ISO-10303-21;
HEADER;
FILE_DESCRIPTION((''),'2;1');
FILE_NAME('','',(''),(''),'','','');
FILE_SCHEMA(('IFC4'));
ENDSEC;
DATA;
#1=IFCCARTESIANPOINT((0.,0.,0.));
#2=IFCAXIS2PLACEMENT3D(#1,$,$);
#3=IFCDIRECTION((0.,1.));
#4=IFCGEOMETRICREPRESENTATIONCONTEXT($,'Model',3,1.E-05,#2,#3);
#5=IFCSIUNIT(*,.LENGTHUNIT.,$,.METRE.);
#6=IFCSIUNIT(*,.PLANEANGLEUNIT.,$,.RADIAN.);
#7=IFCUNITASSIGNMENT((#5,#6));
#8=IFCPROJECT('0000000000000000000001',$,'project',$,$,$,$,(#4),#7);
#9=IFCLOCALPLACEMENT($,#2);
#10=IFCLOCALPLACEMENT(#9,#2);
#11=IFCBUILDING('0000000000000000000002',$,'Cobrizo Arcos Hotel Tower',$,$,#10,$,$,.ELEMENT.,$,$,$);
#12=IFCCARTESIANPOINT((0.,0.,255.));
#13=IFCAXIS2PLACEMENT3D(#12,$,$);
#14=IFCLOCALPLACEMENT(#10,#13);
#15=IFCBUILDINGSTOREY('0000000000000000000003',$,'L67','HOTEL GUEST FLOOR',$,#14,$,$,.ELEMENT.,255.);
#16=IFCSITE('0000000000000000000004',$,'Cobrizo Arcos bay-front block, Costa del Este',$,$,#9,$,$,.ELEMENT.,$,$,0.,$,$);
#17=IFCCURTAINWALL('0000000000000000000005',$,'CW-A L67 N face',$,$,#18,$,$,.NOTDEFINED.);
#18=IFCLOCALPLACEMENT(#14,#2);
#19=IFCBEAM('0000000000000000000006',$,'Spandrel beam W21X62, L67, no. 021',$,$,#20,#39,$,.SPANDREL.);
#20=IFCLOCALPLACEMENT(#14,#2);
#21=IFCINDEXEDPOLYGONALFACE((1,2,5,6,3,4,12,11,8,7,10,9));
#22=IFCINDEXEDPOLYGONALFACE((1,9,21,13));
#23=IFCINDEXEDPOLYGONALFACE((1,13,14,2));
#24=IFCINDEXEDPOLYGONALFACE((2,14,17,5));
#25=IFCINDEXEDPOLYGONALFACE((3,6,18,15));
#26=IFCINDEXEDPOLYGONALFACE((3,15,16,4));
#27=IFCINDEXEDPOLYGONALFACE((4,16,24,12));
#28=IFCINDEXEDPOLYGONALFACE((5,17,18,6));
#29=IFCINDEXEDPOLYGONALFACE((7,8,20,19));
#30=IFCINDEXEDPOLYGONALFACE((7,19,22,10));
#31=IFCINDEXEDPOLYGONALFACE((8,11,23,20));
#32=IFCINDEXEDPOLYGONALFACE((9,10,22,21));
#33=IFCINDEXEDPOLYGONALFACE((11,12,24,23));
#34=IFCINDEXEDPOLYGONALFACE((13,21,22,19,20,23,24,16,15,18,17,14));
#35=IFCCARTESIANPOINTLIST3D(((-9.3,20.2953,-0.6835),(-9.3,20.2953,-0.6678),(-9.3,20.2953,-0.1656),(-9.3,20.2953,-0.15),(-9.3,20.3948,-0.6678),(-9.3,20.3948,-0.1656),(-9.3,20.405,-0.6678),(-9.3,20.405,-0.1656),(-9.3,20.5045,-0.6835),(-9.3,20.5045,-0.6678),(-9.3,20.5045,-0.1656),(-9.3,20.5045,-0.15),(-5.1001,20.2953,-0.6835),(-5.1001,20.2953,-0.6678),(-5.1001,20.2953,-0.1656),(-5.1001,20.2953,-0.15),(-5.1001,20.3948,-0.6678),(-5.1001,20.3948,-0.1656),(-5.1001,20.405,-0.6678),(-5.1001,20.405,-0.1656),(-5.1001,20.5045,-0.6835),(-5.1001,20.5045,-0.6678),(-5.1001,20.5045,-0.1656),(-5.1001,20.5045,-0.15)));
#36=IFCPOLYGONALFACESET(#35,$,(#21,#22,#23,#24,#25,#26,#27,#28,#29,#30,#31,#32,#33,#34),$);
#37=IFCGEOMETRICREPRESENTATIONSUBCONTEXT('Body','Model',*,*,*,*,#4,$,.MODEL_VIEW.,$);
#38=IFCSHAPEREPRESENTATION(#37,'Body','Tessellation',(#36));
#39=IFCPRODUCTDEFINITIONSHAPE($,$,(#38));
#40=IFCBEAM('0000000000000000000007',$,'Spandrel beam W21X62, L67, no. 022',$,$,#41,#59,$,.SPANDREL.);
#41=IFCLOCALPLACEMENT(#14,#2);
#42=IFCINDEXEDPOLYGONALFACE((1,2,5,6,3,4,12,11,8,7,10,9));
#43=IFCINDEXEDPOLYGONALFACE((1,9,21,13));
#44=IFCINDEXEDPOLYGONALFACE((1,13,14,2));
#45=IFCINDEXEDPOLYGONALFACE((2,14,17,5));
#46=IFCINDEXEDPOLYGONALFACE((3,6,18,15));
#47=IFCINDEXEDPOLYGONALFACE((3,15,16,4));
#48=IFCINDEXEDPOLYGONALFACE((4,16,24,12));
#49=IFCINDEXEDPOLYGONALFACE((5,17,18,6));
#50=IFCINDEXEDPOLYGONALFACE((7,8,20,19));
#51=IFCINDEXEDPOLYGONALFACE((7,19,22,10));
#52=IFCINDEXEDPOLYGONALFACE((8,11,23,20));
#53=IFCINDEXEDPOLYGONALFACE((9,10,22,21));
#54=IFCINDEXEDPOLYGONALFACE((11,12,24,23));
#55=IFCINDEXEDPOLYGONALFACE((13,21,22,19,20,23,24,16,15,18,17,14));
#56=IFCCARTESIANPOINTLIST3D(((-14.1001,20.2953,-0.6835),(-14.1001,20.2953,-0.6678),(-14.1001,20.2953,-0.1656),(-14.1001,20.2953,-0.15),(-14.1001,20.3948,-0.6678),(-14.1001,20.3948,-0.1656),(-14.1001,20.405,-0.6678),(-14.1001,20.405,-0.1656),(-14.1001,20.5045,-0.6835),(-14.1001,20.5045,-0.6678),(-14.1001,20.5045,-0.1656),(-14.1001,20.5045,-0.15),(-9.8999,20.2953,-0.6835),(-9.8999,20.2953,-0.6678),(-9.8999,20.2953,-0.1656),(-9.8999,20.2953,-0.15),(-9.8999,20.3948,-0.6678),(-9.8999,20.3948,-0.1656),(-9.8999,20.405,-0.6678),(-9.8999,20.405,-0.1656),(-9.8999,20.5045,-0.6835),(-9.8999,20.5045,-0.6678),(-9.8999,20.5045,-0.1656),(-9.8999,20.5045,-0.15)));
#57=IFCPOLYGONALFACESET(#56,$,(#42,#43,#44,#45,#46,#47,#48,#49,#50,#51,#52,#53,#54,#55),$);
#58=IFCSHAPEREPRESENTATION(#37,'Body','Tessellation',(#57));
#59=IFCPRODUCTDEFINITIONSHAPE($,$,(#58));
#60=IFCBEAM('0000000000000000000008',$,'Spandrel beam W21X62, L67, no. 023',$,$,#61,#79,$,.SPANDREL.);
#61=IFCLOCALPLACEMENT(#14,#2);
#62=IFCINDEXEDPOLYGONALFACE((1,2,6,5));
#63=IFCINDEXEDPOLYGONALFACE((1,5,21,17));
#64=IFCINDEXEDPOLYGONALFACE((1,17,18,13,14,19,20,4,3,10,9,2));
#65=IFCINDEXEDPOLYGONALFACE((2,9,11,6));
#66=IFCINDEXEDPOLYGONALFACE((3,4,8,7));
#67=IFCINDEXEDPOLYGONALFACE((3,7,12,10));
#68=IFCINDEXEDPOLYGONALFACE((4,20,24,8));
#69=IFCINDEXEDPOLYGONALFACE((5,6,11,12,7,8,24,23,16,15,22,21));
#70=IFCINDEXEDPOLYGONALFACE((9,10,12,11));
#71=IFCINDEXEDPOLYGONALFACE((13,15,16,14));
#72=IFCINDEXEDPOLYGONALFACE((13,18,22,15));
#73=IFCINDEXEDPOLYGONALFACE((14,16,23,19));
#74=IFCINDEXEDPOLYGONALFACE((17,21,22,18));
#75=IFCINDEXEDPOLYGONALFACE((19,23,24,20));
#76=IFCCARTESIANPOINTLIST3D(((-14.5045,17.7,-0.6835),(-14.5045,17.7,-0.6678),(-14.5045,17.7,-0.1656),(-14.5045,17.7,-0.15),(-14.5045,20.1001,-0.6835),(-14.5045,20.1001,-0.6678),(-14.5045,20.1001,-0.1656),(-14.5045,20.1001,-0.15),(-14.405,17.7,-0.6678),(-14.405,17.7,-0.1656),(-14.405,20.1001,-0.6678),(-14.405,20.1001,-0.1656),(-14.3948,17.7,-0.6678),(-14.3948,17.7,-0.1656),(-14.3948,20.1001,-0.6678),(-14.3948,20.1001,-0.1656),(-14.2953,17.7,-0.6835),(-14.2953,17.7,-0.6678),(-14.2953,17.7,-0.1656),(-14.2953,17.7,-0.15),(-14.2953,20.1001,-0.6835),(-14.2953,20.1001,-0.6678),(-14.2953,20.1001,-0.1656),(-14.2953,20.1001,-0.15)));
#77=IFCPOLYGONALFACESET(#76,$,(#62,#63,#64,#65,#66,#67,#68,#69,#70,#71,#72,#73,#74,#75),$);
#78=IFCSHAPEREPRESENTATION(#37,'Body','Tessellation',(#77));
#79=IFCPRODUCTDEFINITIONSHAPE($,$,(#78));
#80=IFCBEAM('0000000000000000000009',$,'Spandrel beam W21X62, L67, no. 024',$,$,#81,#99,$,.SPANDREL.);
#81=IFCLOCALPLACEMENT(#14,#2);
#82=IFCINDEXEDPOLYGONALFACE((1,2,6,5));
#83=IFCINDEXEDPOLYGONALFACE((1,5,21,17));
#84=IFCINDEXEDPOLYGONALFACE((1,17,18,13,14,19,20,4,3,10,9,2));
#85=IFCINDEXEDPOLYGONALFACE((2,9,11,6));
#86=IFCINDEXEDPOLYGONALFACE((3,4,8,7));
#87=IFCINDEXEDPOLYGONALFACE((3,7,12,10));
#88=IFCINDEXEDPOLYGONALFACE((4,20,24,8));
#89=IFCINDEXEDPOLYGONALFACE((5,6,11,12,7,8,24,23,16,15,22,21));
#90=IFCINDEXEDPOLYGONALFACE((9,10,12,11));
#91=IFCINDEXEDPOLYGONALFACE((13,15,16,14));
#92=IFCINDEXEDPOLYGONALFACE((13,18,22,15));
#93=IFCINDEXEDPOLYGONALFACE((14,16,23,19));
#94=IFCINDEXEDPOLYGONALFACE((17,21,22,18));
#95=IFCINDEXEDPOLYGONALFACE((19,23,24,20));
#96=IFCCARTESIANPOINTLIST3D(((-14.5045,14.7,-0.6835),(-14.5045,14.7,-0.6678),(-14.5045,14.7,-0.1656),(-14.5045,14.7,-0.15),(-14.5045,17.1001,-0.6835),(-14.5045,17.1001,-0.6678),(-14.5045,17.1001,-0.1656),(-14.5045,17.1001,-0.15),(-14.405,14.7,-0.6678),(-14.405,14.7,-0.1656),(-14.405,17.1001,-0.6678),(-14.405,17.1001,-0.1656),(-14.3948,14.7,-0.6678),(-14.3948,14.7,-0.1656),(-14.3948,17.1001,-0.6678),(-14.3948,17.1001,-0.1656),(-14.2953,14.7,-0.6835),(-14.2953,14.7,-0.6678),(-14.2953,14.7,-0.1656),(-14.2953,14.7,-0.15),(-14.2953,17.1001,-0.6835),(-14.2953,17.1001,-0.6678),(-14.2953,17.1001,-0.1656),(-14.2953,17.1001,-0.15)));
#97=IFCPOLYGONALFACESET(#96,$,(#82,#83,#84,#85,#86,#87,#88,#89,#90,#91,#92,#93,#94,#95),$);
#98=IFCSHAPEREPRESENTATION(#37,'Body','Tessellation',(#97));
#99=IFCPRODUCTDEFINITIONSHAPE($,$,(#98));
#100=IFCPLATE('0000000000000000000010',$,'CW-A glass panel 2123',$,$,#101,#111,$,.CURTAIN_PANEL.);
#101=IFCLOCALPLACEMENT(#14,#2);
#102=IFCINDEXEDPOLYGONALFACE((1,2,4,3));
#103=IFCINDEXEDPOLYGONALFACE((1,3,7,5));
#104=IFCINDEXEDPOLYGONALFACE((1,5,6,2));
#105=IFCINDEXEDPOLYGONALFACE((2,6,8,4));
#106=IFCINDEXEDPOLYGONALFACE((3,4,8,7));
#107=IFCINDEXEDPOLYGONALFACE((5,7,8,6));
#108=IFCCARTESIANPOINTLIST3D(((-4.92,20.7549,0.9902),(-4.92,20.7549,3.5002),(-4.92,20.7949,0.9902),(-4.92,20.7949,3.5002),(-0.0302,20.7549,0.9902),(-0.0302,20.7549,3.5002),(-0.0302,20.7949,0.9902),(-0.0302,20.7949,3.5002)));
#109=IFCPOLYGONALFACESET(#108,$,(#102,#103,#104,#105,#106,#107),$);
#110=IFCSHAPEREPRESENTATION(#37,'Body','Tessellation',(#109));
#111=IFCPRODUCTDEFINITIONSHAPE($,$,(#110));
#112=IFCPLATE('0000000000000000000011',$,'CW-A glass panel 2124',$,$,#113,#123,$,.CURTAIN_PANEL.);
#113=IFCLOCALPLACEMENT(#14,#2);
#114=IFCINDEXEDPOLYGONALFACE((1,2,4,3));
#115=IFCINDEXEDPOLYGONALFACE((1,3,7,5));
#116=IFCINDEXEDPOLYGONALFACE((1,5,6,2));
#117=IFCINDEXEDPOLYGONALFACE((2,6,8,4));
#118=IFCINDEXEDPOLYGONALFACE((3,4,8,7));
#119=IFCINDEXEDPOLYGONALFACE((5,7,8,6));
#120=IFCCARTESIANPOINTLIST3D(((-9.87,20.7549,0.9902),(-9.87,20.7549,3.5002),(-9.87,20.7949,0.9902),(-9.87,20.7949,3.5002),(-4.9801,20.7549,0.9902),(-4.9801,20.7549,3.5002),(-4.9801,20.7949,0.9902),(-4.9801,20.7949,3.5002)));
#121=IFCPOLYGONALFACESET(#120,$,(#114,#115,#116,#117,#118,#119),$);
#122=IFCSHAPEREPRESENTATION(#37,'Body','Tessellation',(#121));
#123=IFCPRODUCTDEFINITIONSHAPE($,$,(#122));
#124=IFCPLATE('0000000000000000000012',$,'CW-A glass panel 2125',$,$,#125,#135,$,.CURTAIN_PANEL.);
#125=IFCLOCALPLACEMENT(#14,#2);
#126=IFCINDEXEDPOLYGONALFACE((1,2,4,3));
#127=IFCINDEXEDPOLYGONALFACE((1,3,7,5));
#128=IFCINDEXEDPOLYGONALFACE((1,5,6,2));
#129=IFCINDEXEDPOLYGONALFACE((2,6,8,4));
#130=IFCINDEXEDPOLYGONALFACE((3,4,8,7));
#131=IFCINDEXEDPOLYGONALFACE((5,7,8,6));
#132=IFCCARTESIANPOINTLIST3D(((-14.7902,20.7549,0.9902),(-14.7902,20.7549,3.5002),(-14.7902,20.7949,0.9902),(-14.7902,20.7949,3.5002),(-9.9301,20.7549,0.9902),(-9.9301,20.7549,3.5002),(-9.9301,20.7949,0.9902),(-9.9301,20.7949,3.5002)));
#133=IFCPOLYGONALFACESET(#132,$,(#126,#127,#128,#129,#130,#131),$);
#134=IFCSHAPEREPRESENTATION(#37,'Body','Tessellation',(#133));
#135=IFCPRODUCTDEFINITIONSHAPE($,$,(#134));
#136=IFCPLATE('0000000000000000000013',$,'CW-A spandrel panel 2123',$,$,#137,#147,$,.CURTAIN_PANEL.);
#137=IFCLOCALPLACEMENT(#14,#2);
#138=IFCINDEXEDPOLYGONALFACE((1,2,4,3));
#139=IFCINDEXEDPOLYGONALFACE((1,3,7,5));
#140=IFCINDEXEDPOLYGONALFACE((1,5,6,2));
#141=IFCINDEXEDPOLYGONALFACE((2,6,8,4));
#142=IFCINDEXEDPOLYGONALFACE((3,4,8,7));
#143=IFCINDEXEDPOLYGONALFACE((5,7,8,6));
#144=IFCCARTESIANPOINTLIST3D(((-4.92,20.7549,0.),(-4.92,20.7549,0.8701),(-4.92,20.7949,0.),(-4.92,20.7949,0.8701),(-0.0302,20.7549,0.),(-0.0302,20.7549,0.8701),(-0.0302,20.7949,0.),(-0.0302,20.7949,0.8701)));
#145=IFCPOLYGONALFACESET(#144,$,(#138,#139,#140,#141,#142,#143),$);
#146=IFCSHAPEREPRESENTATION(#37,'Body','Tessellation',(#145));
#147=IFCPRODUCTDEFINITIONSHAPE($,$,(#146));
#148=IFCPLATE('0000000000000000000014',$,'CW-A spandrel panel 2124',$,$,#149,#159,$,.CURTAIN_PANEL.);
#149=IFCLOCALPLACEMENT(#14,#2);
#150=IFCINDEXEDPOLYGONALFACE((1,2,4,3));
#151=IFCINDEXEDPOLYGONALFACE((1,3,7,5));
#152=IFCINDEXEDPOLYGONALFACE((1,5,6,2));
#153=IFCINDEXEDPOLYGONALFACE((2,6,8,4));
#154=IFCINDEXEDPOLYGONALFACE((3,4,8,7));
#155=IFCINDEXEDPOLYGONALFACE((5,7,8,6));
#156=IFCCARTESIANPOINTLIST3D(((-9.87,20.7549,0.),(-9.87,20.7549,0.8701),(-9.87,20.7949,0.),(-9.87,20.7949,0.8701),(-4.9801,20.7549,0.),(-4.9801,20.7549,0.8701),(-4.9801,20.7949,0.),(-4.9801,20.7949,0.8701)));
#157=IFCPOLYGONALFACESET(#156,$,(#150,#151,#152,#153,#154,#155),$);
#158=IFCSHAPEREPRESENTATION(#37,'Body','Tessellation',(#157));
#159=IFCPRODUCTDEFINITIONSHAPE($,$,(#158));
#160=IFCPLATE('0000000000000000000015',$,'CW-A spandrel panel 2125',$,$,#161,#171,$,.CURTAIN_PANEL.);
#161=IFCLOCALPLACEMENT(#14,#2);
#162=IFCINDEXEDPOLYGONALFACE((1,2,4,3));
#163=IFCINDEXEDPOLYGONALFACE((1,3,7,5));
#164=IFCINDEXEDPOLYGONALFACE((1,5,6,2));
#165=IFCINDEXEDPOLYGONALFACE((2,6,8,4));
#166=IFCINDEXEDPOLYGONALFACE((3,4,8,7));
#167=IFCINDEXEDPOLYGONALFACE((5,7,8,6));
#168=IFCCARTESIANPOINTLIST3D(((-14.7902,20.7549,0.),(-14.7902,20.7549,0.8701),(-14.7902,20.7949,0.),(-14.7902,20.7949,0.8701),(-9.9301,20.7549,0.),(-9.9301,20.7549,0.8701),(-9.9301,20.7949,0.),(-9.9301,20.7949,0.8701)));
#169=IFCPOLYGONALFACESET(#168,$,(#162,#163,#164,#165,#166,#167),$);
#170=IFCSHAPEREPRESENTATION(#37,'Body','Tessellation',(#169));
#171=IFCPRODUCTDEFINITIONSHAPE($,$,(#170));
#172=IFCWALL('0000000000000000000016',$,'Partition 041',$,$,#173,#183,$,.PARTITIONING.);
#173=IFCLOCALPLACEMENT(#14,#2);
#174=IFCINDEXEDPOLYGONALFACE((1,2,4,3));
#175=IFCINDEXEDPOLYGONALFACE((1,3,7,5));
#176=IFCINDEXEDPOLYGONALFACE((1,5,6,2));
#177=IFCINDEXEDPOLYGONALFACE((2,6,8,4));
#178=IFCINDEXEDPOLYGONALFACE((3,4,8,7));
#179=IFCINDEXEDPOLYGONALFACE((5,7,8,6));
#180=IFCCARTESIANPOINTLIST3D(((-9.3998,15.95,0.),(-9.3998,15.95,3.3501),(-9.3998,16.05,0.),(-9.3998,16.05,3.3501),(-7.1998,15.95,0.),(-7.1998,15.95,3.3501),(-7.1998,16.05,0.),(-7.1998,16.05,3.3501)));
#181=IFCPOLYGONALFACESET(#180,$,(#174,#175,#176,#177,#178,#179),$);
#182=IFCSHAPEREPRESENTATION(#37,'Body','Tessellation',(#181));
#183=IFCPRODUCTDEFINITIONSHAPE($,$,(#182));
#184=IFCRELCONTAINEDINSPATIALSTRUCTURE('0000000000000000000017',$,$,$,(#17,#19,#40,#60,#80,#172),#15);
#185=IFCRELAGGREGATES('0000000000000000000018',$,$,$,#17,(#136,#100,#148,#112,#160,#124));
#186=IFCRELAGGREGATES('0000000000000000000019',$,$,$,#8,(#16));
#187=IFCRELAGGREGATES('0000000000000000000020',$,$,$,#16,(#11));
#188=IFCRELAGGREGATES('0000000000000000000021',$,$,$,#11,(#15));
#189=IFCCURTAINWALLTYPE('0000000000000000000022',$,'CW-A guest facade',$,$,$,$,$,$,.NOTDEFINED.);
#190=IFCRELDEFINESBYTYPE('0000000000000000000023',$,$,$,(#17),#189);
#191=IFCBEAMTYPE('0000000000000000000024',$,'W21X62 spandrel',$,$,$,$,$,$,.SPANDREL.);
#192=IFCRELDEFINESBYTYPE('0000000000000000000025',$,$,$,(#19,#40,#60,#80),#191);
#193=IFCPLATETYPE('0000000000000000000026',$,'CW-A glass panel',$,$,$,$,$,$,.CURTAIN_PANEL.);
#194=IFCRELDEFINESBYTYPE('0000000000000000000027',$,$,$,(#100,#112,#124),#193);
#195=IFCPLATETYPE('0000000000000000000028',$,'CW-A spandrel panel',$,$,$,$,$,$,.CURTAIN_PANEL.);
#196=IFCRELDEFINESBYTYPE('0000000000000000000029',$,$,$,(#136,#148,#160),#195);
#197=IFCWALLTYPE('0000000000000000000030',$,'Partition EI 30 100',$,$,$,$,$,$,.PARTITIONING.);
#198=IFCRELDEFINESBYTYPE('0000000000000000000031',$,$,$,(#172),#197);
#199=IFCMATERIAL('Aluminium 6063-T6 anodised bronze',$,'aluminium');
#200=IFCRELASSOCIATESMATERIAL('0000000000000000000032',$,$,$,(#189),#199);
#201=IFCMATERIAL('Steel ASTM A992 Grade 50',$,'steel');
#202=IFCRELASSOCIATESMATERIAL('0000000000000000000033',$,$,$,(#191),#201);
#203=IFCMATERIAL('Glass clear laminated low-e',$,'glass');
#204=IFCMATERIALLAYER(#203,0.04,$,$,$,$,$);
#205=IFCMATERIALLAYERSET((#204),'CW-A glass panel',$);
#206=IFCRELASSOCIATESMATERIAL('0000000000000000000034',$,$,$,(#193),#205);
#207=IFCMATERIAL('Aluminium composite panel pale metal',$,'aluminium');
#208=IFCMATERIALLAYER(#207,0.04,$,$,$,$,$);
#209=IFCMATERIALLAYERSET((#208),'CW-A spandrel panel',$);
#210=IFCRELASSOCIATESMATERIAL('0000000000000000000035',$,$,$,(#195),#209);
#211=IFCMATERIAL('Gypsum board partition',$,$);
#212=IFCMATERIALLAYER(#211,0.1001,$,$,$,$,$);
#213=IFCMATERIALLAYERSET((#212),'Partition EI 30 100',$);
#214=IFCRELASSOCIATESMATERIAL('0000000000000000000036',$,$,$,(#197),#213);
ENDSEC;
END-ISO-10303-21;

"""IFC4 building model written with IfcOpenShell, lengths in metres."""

from ifc_helpers import new_model, si_unit, direction, frame, frame_2d, origin, origin_2d, place, context, subcontext, project, spatial, rectangle, i_section, extrude, material, layer, layer_set, material_profile, profile_set, type_object, element, aggregate, save


model = new_model("IFC4")

# Units and contexts
model_context = context("Model", 3, precision=1e-05, world=origin(), true_north=direction((0.0, 1.0)))
body_context = subcontext(model_context, "Body", "Model", "MODEL_VIEW")
ifc_project = project(units=[si_unit("LENGTHUNIT", "METRE"), si_unit("PLANEANGLEUNIT", "RADIAN")], contexts=[model_context])

# Site, building, storey
site_placement = place(None, origin())
site = spatial("IfcSite", under=ifc_project, at=site_placement, Name="Cobrizo Arcos bay-front block, Costa del Este", CompositionType="ELEMENT", RefElevation=0.0)
building_placement = place(site_placement, origin())
building = spatial("IfcBuilding", under=site, at=building_placement, Name="Cobrizo Arcos Hotel Tower", CompositionType="ELEMENT")
storey_placement = place(building_placement, frame((0.0, 0.0, 255.0)))
storey = spatial("IfcBuildingStorey", under=building, at=storey_placement, Name="L67", Description="HOTEL GUEST FLOOR", CompositionType="ELEMENT", Elevation=255.0)

# Curtain wall
ifc_material_1 = material(Name="Aluminium 6063-T6 anodised bronze", Category="aluminium")
curtain_wall_type = type_object("IfcCurtainWallType", Name="CW-A guest facade", PredefinedType="NOTDEFINED", material=ifc_material_1)
curtain_wall_1_placement = place(storey_placement, origin())
curtain_wall_1 = element("IfcCurtainWall", 1, at=curtain_wall_1_placement, inside=storey, type_object=curtain_wall_type, Name="CW-A L67 N face", PredefinedType="NOTDEFINED")

# Beams
ifc_material_2 = material(Name="Steel ASTM A992 Grade 50", Category="steel")
ifc_material_profile_1 = material_profile(ifc_material_2, i_section(OverallWidth=0.2092, OverallDepth=0.5334, WebThickness=0.0103, FlangeThickness=0.0156, at=origin_2d()), Name="W21X62")
ifc_profile_set_1 = profile_set([ifc_material_profile_1], Name="Steel ASTM A992 Grade 50")
beam_type = type_object("IfcBeamType", Name="W21X62 spandrel", PredefinedType="SPANDREL", material=ifc_profile_set_1)
for number, where, z_axis, x_axis, name in (
    (2, (-5.1001, 20.3999, -0.4167), (-1.0, 0.0, 0.0), (0.0, -1.0, 0.0), "Spandrel beam W21X62, L67, no. 021"),
):
    element("IfcBeam", number, at=place(storey_placement, frame(where, z_axis=z_axis, x_axis=x_axis)), inside=storey, type_object=beam_type, Name=name, PredefinedType="SPANDREL", context=body_context, shape_type="SweptSolid", body=[
        extrude(i_section(OverallWidth=0.2092, OverallDepth=0.5334, WebThickness=0.0103, FlangeThickness=0.0156, at=origin_2d()), origin(), (0.0, 0.0, 1.0), 4.2),
    ])
beam_placement = place(storey_placement, frame((-9.8999, 20.3999, -0.4167), z_axis=(-1.0, 0.0, 0.0), x_axis=(0.0, -1.0, 0.0)))
element("IfcBeam", 3, at=beam_placement, inside=storey, type_object=beam_type, Name="Spandrel beam W21X62, L67, no. 022", PredefinedType="SPANDREL", context=body_context, shape_type="SweptSolid", body=[
    extrude(i_section(OverallWidth=0.2092, OverallDepth=0.5334, WebThickness=0.0103, FlangeThickness=0.0156, at=origin_2d()), origin(), (0.0, 0.0, 1.0), 4.2002),
])
for number, where, z_axis, x_axis, name in (
    (4, (-14.3999, 20.1001, -0.4167), (0.0, -1.0, 0.0), (1.0, 0.0, 0.0), "Spandrel beam W21X62, L67, no. 023"),
    (5, (-14.3999, 17.1001, -0.4167), (0.0, -1.0, 0.0), (1.0, 0.0, 0.0), "Spandrel beam W21X62, L67, no. 024"),
):
    element("IfcBeam", number, at=place(storey_placement, frame(where, z_axis=z_axis, x_axis=x_axis)), inside=storey, type_object=beam_type, Name=name, PredefinedType="SPANDREL", context=body_context, shape_type="SweptSolid", body=[
        extrude(i_section(OverallWidth=0.2092, OverallDepth=0.5334, WebThickness=0.0103, FlangeThickness=0.0156, at=origin_2d()), origin(), (0.0, 0.0, 1.0), 2.4001),
    ])

# Plates
ifc_material_3 = material(Name="Glass clear laminated low-e", Category="glass")
ifc_layer_1 = layer(ifc_material_3, 0.04)
ifc_layer_set_1 = layer_set([ifc_layer_1], Name="CW-A glass panel")
plate_type_1 = type_object("IfcPlateType", Name="CW-A glass panel", PredefinedType="CURTAIN_PANEL", material=ifc_layer_set_1)
plate_1_placement = place(storey_placement, frame((-2.4751, 20.7749, 0.9902), z_axis=(0.0, 0.0, 1.0), x_axis=(-1.0, 0.0, 0.0)))
plate_1 = element("IfcPlate", 6, at=plate_1_placement, type_object=plate_type_1, Name="CW-A glass panel 2123", PredefinedType="CURTAIN_PANEL", context=body_context, shape_type="SweptSolid", body=[
    extrude(rectangle(XDim=4.8899, YDim=0.04, at=origin_2d()), origin(), (0.0, 0.0, 1.0), 2.51),
])
plate_2_placement = place(storey_placement, frame((-7.425, 20.7749, 0.9902), z_axis=(0.0, 0.0, 1.0), x_axis=(-1.0, 0.0, 0.0)))
plate_2 = element("IfcPlate", 7, at=plate_2_placement, type_object=plate_type_1, Name="CW-A glass panel 2124", PredefinedType="CURTAIN_PANEL", context=body_context, shape_type="SweptSolid", body=[
    extrude(rectangle(XDim=4.8899, YDim=0.04, at=origin_2d()), origin(), (0.0, 0.0, 1.0), 2.51),
])
plate_3_placement = place(storey_placement, frame((-12.3601, 20.7749, 0.9902), z_axis=(0.0, 0.0, 1.0), x_axis=(-1.0, 0.0, 0.0)))
plate_3 = element("IfcPlate", 8, at=plate_3_placement, type_object=plate_type_1, Name="CW-A glass panel 2125", PredefinedType="CURTAIN_PANEL", context=body_context, shape_type="SweptSolid", body=[
    extrude(rectangle(XDim=4.8601, YDim=0.04, at=origin_2d()), origin(), (0.0, 0.0, 1.0), 2.51),
])
ifc_material_4 = material(Name="Aluminium composite panel pale metal", Category="aluminium")
ifc_layer_2 = layer(ifc_material_4, 0.04)
ifc_layer_set_2 = layer_set([ifc_layer_2], Name="CW-A spandrel panel")
plate_type_2 = type_object("IfcPlateType", Name="CW-A spandrel panel", PredefinedType="CURTAIN_PANEL", material=ifc_layer_set_2)
plate_4_placement = place(storey_placement, frame((-2.4751, 20.7749, 0.0), z_axis=(0.0, 0.0, 1.0), x_axis=(-1.0, 0.0, 0.0)))
plate_4 = element("IfcPlate", 9, at=plate_4_placement, type_object=plate_type_2, Name="CW-A spandrel panel 2123", PredefinedType="CURTAIN_PANEL", context=body_context, shape_type="SweptSolid", body=[
    extrude(rectangle(XDim=4.8899, YDim=0.04, at=origin_2d()), origin(), (0.0, 0.0, 1.0), 0.8701),
])
plate_5_placement = place(storey_placement, frame((-7.425, 20.7749, 0.0), z_axis=(0.0, 0.0, 1.0), x_axis=(-1.0, 0.0, 0.0)))
plate_5 = element("IfcPlate", 10, at=plate_5_placement, type_object=plate_type_2, Name="CW-A spandrel panel 2124", PredefinedType="CURTAIN_PANEL", context=body_context, shape_type="SweptSolid", body=[
    extrude(rectangle(XDim=4.8899, YDim=0.04, at=origin_2d()), origin(), (0.0, 0.0, 1.0), 0.8701),
])
plate_6_placement = place(storey_placement, frame((-12.3601, 20.7749, 0.0), z_axis=(0.0, 0.0, 1.0), x_axis=(-1.0, 0.0, 0.0)))
plate_6 = element("IfcPlate", 11, at=plate_6_placement, type_object=plate_type_2, Name="CW-A spandrel panel 2125", PredefinedType="CURTAIN_PANEL", context=body_context, shape_type="SweptSolid", body=[
    extrude(rectangle(XDim=4.8601, YDim=0.04, at=origin_2d()), origin(), (0.0, 0.0, 1.0), 0.8701),
])
aggregate(curtain_wall_1, [plate_4, plate_1, plate_5, plate_2, plate_6, plate_3])

# Wall
ifc_material_5 = material(Name="Gypsum board partition")
ifc_layer_3 = layer(ifc_material_5, 0.1001)
ifc_layer_set_3 = layer_set([ifc_layer_3], Name="Partition EI 30 100")
wall_type = type_object("IfcWallType", Name="Partition EI 30 100", PredefinedType="PARTITIONING", material=ifc_layer_set_3)
wall_1_placement = place(storey_placement, frame((-9.3999, 16.0, 0.0), z_axis=(0.0, 0.0, 1.0), x_axis=(1.0, 0.0, 0.0)))
element("IfcWall", 12, at=wall_1_placement, inside=storey, type_object=wall_type, Name="Partition 041", PredefinedType="PARTITIONING", context=body_context, shape_type="SweptSolid", body=[
    extrude(rectangle(XDim=2.2, YDim=0.1001, at=frame_2d((1.1001, 0.0))), origin(), (0.0, 0.0, 1.0), 3.3501),
])

save(model, "model.ifc")
